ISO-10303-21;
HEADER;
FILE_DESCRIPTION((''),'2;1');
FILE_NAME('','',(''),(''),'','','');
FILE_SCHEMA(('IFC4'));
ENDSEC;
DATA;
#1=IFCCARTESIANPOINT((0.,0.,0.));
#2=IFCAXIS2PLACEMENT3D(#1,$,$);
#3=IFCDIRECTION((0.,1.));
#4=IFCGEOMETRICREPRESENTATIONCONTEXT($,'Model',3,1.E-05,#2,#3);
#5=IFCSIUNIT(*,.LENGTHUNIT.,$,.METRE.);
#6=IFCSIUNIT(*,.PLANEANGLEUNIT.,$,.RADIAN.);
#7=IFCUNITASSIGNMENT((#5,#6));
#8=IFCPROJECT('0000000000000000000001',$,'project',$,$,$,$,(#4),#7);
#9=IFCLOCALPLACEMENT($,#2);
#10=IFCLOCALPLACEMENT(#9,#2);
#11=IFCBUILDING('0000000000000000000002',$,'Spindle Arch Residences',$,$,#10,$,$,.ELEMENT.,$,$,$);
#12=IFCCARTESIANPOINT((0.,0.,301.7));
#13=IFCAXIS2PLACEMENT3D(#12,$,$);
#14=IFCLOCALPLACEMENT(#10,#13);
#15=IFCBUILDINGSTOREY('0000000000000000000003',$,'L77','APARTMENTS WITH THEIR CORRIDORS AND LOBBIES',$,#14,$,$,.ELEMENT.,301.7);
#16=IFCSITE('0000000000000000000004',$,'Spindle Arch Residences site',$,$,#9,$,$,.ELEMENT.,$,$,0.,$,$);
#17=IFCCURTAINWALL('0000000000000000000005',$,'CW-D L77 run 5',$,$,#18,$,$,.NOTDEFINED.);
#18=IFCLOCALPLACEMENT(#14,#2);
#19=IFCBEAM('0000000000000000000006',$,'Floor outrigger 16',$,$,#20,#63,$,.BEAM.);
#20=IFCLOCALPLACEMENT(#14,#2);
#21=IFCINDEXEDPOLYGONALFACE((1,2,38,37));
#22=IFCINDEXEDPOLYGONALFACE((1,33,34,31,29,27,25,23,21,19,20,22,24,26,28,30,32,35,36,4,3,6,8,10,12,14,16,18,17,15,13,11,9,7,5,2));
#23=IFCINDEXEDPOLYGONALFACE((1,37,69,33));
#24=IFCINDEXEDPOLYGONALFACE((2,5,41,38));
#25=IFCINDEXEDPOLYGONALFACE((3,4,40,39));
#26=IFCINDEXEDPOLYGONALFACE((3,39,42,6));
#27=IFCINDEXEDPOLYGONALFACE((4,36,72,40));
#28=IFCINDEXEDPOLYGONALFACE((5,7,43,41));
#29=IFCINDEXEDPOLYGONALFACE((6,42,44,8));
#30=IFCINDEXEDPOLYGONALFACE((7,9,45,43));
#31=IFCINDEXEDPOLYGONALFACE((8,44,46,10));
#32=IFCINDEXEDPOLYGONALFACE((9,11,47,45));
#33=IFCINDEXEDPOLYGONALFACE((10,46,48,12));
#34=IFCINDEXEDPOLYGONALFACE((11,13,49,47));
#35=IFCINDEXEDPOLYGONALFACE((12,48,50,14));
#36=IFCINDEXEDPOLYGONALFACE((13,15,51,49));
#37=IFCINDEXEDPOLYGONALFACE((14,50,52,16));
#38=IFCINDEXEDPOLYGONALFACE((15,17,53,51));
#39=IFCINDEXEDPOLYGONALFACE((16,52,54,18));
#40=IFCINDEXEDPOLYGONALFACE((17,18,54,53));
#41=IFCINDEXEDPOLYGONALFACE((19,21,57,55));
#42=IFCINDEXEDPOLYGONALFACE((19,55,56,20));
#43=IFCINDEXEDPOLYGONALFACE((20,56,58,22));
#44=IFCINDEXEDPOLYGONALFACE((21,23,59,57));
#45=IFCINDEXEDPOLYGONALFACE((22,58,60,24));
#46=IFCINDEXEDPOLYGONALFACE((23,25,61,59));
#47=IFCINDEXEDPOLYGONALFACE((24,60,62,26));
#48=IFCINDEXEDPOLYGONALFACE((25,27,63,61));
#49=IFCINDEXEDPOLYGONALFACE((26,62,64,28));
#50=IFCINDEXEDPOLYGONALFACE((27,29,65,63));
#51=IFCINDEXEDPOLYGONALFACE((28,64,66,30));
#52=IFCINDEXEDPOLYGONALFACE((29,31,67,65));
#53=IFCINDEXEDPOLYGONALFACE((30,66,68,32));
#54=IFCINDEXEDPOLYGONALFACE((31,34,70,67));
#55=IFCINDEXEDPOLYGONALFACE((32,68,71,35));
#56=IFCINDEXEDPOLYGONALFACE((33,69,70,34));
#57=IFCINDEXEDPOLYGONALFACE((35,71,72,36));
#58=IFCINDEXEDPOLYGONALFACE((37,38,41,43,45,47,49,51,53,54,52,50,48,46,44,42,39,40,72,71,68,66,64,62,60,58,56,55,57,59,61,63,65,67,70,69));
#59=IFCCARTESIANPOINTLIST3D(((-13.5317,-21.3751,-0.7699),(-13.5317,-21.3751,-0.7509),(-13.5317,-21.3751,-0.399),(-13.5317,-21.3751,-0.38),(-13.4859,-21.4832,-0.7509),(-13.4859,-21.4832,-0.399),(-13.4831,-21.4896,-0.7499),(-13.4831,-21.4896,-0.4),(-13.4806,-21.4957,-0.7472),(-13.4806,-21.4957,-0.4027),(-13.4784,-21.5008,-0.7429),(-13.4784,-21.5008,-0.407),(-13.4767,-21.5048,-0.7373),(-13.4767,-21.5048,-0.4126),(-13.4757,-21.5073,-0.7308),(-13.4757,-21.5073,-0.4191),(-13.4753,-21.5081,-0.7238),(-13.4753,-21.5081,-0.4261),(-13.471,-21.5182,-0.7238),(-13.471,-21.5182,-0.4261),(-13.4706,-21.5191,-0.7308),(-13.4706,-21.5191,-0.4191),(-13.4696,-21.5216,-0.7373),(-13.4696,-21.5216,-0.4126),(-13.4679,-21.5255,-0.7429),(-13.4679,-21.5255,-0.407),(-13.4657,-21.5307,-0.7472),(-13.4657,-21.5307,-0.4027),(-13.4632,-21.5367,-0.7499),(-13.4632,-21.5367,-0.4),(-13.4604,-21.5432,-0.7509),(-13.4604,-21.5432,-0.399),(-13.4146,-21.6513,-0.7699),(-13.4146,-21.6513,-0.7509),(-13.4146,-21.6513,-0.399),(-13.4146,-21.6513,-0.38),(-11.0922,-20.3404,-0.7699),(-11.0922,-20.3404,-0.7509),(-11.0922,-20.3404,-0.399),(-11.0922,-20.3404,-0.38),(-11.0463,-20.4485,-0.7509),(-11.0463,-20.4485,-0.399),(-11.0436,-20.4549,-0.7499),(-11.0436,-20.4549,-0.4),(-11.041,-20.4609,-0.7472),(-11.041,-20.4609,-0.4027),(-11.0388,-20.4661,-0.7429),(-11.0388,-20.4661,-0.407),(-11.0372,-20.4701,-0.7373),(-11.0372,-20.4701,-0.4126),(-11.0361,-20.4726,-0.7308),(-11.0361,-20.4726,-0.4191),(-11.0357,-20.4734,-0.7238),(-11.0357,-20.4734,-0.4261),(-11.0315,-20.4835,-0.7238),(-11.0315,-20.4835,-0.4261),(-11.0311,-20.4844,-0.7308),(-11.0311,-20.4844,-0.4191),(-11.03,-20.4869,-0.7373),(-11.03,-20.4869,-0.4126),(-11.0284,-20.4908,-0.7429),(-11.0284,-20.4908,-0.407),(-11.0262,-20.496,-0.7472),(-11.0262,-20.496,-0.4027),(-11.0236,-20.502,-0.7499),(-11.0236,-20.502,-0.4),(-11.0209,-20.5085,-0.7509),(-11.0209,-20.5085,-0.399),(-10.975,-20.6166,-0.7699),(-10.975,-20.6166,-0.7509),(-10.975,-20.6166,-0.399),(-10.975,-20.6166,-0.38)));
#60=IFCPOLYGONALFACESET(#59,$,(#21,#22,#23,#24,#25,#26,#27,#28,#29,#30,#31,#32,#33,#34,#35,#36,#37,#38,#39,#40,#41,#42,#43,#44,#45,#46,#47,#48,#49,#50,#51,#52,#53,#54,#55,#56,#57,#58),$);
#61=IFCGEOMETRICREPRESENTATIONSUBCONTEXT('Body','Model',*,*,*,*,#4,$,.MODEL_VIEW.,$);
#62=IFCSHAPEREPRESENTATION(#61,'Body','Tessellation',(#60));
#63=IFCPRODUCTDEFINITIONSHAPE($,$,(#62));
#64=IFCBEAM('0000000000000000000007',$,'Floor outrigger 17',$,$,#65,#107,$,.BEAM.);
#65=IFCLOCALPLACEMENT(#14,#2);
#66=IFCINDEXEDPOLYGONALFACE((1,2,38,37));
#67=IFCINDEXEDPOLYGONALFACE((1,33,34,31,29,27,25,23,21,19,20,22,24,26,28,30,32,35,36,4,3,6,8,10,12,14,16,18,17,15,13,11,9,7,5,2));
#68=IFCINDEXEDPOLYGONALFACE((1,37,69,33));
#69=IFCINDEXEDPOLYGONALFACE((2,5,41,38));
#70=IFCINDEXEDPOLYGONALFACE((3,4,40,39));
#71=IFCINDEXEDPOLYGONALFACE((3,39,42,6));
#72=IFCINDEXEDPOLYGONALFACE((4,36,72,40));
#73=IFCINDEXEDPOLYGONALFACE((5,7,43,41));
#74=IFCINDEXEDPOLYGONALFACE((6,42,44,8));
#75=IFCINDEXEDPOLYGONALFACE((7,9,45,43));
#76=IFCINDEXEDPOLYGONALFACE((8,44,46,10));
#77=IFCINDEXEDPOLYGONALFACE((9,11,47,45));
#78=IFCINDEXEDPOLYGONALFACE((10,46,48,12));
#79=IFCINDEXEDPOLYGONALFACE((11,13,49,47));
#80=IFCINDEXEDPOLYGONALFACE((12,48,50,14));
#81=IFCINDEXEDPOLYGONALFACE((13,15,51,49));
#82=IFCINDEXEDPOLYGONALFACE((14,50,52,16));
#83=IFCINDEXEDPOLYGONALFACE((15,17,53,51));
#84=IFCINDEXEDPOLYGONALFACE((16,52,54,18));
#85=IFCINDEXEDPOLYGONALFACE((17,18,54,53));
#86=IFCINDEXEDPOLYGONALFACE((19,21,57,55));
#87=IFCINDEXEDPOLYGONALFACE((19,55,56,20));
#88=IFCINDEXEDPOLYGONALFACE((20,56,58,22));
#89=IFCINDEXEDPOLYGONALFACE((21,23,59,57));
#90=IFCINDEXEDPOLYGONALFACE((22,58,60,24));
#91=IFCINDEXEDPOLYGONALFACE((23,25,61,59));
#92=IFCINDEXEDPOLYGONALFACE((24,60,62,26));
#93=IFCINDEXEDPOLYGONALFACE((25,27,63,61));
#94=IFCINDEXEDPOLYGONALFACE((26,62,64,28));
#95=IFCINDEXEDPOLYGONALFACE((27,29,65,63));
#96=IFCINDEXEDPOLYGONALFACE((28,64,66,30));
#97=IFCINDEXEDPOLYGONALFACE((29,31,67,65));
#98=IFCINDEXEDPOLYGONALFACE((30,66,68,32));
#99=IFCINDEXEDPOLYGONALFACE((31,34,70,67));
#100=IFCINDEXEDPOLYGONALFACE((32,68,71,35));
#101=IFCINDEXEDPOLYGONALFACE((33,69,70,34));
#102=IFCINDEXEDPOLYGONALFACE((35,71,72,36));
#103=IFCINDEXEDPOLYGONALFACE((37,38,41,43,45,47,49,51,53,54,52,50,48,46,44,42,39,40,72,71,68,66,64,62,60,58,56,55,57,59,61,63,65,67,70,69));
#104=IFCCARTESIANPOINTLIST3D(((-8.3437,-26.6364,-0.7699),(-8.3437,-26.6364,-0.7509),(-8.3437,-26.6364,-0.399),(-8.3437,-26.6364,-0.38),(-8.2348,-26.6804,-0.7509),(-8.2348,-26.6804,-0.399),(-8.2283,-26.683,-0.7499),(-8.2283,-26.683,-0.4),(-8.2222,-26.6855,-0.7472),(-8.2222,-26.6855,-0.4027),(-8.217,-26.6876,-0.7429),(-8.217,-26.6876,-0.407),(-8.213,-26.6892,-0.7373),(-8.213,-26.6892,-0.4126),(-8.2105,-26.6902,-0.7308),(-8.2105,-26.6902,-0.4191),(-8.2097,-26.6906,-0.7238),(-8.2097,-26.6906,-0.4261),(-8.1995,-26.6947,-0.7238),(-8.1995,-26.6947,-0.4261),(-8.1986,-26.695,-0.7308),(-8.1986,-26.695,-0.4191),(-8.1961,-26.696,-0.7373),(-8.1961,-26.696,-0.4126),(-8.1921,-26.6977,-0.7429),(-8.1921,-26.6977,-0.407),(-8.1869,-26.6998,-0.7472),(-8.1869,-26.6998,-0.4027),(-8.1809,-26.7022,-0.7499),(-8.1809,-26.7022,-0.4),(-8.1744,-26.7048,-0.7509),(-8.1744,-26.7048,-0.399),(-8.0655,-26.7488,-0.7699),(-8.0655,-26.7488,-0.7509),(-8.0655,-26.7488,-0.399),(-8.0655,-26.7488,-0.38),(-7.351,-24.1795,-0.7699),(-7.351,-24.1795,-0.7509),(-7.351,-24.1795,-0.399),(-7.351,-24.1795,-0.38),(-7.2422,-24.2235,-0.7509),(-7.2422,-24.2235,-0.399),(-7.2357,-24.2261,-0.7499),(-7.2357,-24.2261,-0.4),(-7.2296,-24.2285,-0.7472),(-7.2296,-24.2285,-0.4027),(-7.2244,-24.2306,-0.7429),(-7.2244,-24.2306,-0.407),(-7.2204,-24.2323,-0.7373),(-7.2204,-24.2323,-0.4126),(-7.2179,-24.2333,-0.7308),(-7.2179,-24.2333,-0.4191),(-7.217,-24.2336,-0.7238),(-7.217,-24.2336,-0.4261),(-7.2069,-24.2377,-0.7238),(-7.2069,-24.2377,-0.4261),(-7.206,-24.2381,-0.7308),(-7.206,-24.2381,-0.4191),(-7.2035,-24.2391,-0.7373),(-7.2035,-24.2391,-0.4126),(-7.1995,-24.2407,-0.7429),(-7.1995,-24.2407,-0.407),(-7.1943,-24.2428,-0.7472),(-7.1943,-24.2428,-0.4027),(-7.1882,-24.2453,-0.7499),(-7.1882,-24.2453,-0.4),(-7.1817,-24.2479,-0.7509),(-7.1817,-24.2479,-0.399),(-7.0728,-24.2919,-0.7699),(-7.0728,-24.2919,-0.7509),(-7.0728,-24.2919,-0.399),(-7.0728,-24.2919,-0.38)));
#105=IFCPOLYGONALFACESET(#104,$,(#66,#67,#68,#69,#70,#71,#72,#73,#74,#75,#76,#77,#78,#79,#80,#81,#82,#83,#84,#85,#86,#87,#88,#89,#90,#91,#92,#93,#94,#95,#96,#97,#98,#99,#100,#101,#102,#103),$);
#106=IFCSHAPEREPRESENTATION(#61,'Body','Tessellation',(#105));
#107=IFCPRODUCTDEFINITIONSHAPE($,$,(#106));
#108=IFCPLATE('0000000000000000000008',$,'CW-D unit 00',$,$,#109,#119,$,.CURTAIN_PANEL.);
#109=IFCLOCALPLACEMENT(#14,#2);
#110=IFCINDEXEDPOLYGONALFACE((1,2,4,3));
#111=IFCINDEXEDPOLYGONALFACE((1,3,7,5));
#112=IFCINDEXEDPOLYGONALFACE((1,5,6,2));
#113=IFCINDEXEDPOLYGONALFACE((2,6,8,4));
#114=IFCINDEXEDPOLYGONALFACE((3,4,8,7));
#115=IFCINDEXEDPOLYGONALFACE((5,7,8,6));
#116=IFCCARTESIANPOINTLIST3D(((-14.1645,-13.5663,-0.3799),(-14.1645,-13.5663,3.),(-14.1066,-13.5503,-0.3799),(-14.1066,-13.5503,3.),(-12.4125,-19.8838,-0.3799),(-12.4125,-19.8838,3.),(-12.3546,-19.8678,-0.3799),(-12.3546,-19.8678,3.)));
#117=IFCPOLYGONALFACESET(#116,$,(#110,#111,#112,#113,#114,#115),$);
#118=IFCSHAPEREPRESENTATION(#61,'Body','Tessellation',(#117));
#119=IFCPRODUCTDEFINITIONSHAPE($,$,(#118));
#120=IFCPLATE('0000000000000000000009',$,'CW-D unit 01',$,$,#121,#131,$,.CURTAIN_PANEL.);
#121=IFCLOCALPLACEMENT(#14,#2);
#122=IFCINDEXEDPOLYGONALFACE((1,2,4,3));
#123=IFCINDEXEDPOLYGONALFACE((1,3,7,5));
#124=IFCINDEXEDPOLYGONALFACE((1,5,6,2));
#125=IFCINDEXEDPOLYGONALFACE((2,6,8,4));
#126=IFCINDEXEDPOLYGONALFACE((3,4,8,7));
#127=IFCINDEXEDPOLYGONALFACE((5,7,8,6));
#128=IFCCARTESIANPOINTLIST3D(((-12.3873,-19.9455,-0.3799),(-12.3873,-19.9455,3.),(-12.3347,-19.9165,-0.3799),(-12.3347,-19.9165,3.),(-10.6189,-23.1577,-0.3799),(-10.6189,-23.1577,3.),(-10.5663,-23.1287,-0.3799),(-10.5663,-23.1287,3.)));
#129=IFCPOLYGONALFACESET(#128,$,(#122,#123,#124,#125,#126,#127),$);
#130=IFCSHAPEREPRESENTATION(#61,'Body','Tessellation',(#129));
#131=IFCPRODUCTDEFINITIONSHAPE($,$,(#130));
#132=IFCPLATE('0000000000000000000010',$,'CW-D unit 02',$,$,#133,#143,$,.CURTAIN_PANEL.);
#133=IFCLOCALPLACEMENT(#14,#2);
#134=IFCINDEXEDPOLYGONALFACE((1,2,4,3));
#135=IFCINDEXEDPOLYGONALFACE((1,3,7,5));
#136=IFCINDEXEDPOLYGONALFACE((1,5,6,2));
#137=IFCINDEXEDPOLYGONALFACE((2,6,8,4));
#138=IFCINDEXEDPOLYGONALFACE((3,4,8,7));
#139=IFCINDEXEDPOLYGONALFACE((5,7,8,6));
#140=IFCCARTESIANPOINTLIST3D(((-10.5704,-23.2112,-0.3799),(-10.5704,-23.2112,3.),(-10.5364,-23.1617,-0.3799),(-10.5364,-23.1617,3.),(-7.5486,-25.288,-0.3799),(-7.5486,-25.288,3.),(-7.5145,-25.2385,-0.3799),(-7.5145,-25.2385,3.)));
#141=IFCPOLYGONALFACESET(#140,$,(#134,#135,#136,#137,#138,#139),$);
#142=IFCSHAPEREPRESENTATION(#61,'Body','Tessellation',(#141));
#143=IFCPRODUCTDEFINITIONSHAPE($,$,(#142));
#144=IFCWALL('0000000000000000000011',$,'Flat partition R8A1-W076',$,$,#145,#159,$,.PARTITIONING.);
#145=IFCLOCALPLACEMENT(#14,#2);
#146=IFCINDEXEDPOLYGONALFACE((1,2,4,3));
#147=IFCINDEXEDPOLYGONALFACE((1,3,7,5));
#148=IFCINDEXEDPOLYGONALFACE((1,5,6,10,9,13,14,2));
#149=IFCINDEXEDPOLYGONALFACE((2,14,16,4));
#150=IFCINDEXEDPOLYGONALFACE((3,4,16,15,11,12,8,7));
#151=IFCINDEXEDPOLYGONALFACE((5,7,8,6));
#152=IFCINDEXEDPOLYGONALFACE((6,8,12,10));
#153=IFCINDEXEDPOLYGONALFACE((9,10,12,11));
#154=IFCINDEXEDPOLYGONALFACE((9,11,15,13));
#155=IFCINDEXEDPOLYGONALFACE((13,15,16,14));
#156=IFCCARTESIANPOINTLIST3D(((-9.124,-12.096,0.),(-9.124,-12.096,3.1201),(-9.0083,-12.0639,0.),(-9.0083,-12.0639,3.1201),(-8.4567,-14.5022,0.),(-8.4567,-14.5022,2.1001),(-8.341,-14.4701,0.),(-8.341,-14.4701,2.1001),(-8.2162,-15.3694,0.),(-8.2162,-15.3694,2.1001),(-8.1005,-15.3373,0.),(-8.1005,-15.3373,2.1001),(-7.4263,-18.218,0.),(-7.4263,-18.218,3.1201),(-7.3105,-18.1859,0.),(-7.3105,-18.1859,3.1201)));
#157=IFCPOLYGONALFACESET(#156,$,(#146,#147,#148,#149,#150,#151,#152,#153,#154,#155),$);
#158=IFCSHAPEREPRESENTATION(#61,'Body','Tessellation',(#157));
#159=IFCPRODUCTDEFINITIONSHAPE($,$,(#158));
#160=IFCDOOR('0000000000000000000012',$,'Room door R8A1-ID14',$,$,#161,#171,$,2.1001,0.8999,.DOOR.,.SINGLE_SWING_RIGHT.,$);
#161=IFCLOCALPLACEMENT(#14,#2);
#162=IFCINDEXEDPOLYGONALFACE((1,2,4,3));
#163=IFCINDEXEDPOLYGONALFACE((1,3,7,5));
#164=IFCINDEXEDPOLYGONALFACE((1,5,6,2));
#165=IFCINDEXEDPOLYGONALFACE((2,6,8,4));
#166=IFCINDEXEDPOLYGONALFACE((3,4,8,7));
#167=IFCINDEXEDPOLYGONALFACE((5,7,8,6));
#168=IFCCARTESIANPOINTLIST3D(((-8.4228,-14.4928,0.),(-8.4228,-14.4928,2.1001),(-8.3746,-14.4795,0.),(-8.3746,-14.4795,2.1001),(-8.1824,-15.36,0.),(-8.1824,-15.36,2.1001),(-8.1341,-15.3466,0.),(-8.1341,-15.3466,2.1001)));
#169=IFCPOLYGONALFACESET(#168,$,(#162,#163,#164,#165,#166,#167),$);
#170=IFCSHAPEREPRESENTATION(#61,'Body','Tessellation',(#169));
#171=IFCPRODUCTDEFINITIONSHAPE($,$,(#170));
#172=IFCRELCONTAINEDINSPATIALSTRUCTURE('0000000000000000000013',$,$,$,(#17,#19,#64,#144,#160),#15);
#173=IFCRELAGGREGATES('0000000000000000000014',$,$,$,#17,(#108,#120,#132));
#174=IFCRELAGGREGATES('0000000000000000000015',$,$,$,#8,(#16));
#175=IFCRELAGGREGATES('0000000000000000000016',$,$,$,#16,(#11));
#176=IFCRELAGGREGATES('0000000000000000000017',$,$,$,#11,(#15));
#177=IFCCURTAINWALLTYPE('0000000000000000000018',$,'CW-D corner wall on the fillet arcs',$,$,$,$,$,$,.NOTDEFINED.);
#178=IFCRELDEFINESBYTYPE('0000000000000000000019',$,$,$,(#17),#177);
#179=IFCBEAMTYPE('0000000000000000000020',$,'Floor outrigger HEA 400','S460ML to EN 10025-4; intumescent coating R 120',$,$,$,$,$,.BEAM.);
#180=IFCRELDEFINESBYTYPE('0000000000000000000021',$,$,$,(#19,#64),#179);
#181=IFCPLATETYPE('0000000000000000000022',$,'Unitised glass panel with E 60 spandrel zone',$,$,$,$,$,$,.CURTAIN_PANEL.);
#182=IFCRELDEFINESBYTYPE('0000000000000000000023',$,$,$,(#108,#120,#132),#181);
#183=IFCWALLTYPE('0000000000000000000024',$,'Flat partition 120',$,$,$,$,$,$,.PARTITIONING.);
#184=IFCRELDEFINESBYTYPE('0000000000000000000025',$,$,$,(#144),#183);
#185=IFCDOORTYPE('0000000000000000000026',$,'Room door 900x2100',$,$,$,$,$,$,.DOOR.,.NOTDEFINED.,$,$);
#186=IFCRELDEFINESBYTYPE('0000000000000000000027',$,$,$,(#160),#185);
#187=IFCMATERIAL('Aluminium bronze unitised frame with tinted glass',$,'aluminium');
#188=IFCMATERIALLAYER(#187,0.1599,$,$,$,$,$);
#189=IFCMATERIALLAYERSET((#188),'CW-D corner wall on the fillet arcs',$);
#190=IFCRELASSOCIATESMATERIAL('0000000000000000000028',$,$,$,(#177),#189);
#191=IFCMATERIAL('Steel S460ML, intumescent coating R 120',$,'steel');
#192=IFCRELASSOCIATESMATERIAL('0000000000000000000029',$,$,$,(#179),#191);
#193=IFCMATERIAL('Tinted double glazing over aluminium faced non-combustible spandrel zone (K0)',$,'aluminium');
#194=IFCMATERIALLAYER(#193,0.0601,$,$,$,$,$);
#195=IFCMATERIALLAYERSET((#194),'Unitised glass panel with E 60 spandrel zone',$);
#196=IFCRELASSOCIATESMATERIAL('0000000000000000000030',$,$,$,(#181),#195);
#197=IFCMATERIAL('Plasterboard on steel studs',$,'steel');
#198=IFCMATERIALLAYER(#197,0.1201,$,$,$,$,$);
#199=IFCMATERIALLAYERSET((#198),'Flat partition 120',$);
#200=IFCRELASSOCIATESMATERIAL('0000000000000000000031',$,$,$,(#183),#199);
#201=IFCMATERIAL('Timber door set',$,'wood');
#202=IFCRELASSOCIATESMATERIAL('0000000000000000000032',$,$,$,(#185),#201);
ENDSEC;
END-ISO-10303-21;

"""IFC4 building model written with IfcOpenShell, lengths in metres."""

from ifc_helpers import new_model, si_unit, direction, frame, frame_2d, origin, origin_2d, place, context, subcontext, project, spatial, rectangle, i_section, extrude, material, layer, layer_set, material_profile, profile_set, type_object, element, fill, aggregate, save


model = new_model("IFC4")

# Units and contexts
model_context = context("Model", 3, precision=1e-05, world=origin(), true_north=direction((0.0, 1.0)))
body_context = subcontext(model_context, "Body", "Model", "MODEL_VIEW")
ifc_project = project(units=[si_unit("LENGTHUNIT", "METRE"), si_unit("PLANEANGLEUNIT", "RADIAN")], contexts=[model_context])

# Site, building, storey
site_placement = place(None, origin())
site = spatial("IfcSite", under=ifc_project, at=site_placement, Name="Spindle Arch Residences site", CompositionType="ELEMENT", RefElevation=0.0)
building_placement = place(site_placement, origin())
building = spatial("IfcBuilding", under=site, at=building_placement, Name="Spindle Arch Residences", CompositionType="ELEMENT")
storey_placement = place(building_placement, frame((0.0, 0.0, 301.7)))
storey = spatial("IfcBuildingStorey", under=building, at=storey_placement, Name="L77", Description="APARTMENTS WITH THEIR CORRIDORS AND LOBBIES", CompositionType="ELEMENT", Elevation=301.7)

# Curtain wall
ifc_material_1 = material(Name="Aluminium bronze unitised frame with tinted glass", Category="aluminium")
ifc_layer_1 = layer(ifc_material_1, 0.1599)
ifc_layer_set_1 = layer_set([ifc_layer_1], Name="CW-D corner wall on the fillet arcs")
curtain_wall_type = type_object("IfcCurtainWallType", Name="CW-D corner wall on the fillet arcs", PredefinedType="NOTDEFINED", material=ifc_layer_set_1)
curtain_wall_placement = place(storey_placement, origin())
curtain_wall = element("IfcCurtainWall", 1, at=curtain_wall_placement, inside=storey, type_object=curtain_wall_type, Name="CW-D L77 run 5", PredefinedType="NOTDEFINED")

# Beams
ifc_material_2 = material(Name="Steel S460ML, intumescent coating R 120", Category="steel")
ifc_material_profile_1 = material_profile(ifc_material_2, i_section(OverallWidth=0.3, OverallDepth=0.3899, WebThickness=0.011, FlangeThickness=0.019, FilletRadius=0.0271, at=origin_2d()), Name="HEA 400")
ifc_profile_set_1 = profile_set([ifc_material_profile_1], Name="Steel S460ML, intumescent coating R 120")
beam_type_1 = type_object("IfcBeamType", Name="Floor outrigger HEA 400", Description="S460ML to EN 10025-4; intumescent coating R 120", PredefinedType="BEAM", material=ifc_profile_set_1)
for number, where, z_axis, x_axis, name in (
    (2, (-13.4731, -21.5132, -0.575), (0.920616, 0.390469, 0.0), (-0.390469, 0.920616, 0.0), "Floor outrigger 16"),
    (3, (-8.2046, -26.6926, -0.575), (0.374597, 0.927188, 0.0), (-0.927188, 0.374597, 0.0), "Floor outrigger 17"),
):
    element("IfcBeam", number, at=place(storey_placement, frame(where, z_axis=z_axis, x_axis=x_axis)), inside=storey, type_object=beam_type_1, Name=name, PredefinedType="BEAM", context=body_context, shape_type="SweptSolid", body=[
        extrude(i_section(OverallWidth=0.3, OverallDepth=0.3899, WebThickness=0.011, FlangeThickness=0.019, FilletRadius=0.0271, at=origin_2d()), origin(), (0.0, 0.0, 1.0), 2.6499),
    ])

# Plates
ifc_material_3 = material(Name="Tinted double glazing over aluminium faced non-combustible spandrel zone (K0)", Category="aluminium")
ifc_layer_2 = layer(ifc_material_3, 0.0601)
ifc_layer_set_2 = layer_set([ifc_layer_2], Name="Unitised glass panel with E 60 spandrel zone")
plate_type = type_object("IfcPlateType", Name="Unitised glass panel with E 60 spandrel zone", PredefinedType="CURTAIN_PANEL", material=ifc_layer_set_2)
plate_1_placement = place(storey_placement, frame((-13.2595, -16.717, -0.3799), z_axis=(0.0, 0.0, 1.0), x_axis=(0.267238, -0.96363, 0.0)))
plate_1 = element("IfcPlate", 4, at=plate_1_placement, type_object=plate_type, Name="CW-D unit 00", PredefinedType="CURTAIN_PANEL", context=body_context, shape_type="SweptSolid", body=[
    extrude(rectangle(XDim=6.5559, YDim=0.0601, at=origin_2d()), origin(), (0.0, 0.0, 1.0), 3.3799),
])
plate_2_placement = place(storey_placement, frame((-11.4768, -21.5371, -0.3799), z_axis=(0.0, 0.0, 1.0), x_axis=(0.482263, -0.876026, 0.0)))
plate_2 = element("IfcPlate", 5, at=plate_2_placement, type_object=plate_type, Name="CW-D unit 01", PredefinedType="CURTAIN_PANEL", context=body_context, shape_type="SweptSolid", body=[
    extrude(rectangle(XDim=3.6667, YDim=0.0601, at=origin_2d()), origin(), (0.0, 0.0, 1.0), 3.3799),
])
plate_3_placement = place(storey_placement, frame((-9.0425, -24.2249, -0.3799), z_axis=(0.0, 0.0, 1.0), x_axis=(0.824126, -0.566406, 0.0)))
plate_3 = element("IfcPlate", 6, at=plate_3_placement, type_object=plate_type, Name="CW-D unit 02", PredefinedType="CURTAIN_PANEL", context=body_context, shape_type="SweptSolid", body=[
    extrude(rectangle(XDim=3.6667, YDim=0.0601, at=origin_2d()), origin(), (0.0, 0.0, 1.0), 3.3799),
])
aggregate(curtain_wall, [plate_1, plate_2, plate_3])

# Wall, opening, door
ifc_material_4 = material(Name="Plasterboard on steel studs", Category="steel")
ifc_layer_3 = layer(ifc_material_4, 0.1201)
ifc_layer_set_3 = layer_set([ifc_layer_3], Name="Flat partition 120")
wall_type_1 = type_object("IfcWallType", Name="Flat partition 120", PredefinedType="PARTITIONING", material=ifc_layer_set_3)
wall_1_placement = place(storey_placement, frame((-7.3684, -18.2019, 0.0), z_axis=(0.0, 0.0, 1.0), x_axis=(-0.267232, 0.963632, 0.0)))
wall_1 = element("IfcWall", 7, at=wall_1_placement, inside=storey, type_object=wall_type_1, Name="Flat partition R8A1-W076", PredefinedType="PARTITIONING", context=body_context, shape_type="SweptSolid", body=[
    extrude(rectangle(XDim=6.353, YDim=0.1201, at=frame_2d((3.1765, 0.0))), origin(), (0.0, 0.0, 1.0), 3.1201),
])
opening_1_placement = place(wall_1_placement, frame((2.9561, 0.0, 0.0)))
opening_1 = element("IfcOpeningElement", 8, at=opening_1_placement, cuts=wall_1, PredefinedType="OPENING", context=body_context, shape_type="SweptSolid", body=[
    extrude(rectangle(XDim=0.8999, YDim=2.1001, at=frame_2d((0.45, 1.05))), frame((0.0, 0.0701, 0.0), z_axis=(0.0, -1.0, 0.0), x_axis=(1.0, 0.0, 0.0)), (0.0, 0.0, 1.0), 0.1401),
])
ifc_material_5 = material(Name="Timber door set", Category="wood")
door_type_1 = type_object("IfcDoorType", Name="Room door 900x2100", OperationType="NOTDEFINED", PredefinedType="DOOR", material=ifc_material_5)
door_1_placement = place(opening_1_placement, origin())
door_1 = element("IfcDoor", 9, at=door_1_placement, inside=storey, type_object=door_type_1, Name="Room door R8A1-ID14", OperationType="SINGLE_SWING_RIGHT", OverallHeight=2.1001, OverallWidth=0.8999, PredefinedType="DOOR", context=body_context, shape_type="SweptSolid", body=[
    extrude(rectangle(XDim=0.8999, YDim=2.1001, at=frame_2d((0.45, 1.05))), frame((0.0, 0.0249, 0.0), z_axis=(0.0, -1.0, 0.0), x_axis=(1.0, 0.0, 0.0)), (0.0, 0.0, 1.0), 0.05),
])
fill(opening_1, door_1)

save(model, "model.ifc")
